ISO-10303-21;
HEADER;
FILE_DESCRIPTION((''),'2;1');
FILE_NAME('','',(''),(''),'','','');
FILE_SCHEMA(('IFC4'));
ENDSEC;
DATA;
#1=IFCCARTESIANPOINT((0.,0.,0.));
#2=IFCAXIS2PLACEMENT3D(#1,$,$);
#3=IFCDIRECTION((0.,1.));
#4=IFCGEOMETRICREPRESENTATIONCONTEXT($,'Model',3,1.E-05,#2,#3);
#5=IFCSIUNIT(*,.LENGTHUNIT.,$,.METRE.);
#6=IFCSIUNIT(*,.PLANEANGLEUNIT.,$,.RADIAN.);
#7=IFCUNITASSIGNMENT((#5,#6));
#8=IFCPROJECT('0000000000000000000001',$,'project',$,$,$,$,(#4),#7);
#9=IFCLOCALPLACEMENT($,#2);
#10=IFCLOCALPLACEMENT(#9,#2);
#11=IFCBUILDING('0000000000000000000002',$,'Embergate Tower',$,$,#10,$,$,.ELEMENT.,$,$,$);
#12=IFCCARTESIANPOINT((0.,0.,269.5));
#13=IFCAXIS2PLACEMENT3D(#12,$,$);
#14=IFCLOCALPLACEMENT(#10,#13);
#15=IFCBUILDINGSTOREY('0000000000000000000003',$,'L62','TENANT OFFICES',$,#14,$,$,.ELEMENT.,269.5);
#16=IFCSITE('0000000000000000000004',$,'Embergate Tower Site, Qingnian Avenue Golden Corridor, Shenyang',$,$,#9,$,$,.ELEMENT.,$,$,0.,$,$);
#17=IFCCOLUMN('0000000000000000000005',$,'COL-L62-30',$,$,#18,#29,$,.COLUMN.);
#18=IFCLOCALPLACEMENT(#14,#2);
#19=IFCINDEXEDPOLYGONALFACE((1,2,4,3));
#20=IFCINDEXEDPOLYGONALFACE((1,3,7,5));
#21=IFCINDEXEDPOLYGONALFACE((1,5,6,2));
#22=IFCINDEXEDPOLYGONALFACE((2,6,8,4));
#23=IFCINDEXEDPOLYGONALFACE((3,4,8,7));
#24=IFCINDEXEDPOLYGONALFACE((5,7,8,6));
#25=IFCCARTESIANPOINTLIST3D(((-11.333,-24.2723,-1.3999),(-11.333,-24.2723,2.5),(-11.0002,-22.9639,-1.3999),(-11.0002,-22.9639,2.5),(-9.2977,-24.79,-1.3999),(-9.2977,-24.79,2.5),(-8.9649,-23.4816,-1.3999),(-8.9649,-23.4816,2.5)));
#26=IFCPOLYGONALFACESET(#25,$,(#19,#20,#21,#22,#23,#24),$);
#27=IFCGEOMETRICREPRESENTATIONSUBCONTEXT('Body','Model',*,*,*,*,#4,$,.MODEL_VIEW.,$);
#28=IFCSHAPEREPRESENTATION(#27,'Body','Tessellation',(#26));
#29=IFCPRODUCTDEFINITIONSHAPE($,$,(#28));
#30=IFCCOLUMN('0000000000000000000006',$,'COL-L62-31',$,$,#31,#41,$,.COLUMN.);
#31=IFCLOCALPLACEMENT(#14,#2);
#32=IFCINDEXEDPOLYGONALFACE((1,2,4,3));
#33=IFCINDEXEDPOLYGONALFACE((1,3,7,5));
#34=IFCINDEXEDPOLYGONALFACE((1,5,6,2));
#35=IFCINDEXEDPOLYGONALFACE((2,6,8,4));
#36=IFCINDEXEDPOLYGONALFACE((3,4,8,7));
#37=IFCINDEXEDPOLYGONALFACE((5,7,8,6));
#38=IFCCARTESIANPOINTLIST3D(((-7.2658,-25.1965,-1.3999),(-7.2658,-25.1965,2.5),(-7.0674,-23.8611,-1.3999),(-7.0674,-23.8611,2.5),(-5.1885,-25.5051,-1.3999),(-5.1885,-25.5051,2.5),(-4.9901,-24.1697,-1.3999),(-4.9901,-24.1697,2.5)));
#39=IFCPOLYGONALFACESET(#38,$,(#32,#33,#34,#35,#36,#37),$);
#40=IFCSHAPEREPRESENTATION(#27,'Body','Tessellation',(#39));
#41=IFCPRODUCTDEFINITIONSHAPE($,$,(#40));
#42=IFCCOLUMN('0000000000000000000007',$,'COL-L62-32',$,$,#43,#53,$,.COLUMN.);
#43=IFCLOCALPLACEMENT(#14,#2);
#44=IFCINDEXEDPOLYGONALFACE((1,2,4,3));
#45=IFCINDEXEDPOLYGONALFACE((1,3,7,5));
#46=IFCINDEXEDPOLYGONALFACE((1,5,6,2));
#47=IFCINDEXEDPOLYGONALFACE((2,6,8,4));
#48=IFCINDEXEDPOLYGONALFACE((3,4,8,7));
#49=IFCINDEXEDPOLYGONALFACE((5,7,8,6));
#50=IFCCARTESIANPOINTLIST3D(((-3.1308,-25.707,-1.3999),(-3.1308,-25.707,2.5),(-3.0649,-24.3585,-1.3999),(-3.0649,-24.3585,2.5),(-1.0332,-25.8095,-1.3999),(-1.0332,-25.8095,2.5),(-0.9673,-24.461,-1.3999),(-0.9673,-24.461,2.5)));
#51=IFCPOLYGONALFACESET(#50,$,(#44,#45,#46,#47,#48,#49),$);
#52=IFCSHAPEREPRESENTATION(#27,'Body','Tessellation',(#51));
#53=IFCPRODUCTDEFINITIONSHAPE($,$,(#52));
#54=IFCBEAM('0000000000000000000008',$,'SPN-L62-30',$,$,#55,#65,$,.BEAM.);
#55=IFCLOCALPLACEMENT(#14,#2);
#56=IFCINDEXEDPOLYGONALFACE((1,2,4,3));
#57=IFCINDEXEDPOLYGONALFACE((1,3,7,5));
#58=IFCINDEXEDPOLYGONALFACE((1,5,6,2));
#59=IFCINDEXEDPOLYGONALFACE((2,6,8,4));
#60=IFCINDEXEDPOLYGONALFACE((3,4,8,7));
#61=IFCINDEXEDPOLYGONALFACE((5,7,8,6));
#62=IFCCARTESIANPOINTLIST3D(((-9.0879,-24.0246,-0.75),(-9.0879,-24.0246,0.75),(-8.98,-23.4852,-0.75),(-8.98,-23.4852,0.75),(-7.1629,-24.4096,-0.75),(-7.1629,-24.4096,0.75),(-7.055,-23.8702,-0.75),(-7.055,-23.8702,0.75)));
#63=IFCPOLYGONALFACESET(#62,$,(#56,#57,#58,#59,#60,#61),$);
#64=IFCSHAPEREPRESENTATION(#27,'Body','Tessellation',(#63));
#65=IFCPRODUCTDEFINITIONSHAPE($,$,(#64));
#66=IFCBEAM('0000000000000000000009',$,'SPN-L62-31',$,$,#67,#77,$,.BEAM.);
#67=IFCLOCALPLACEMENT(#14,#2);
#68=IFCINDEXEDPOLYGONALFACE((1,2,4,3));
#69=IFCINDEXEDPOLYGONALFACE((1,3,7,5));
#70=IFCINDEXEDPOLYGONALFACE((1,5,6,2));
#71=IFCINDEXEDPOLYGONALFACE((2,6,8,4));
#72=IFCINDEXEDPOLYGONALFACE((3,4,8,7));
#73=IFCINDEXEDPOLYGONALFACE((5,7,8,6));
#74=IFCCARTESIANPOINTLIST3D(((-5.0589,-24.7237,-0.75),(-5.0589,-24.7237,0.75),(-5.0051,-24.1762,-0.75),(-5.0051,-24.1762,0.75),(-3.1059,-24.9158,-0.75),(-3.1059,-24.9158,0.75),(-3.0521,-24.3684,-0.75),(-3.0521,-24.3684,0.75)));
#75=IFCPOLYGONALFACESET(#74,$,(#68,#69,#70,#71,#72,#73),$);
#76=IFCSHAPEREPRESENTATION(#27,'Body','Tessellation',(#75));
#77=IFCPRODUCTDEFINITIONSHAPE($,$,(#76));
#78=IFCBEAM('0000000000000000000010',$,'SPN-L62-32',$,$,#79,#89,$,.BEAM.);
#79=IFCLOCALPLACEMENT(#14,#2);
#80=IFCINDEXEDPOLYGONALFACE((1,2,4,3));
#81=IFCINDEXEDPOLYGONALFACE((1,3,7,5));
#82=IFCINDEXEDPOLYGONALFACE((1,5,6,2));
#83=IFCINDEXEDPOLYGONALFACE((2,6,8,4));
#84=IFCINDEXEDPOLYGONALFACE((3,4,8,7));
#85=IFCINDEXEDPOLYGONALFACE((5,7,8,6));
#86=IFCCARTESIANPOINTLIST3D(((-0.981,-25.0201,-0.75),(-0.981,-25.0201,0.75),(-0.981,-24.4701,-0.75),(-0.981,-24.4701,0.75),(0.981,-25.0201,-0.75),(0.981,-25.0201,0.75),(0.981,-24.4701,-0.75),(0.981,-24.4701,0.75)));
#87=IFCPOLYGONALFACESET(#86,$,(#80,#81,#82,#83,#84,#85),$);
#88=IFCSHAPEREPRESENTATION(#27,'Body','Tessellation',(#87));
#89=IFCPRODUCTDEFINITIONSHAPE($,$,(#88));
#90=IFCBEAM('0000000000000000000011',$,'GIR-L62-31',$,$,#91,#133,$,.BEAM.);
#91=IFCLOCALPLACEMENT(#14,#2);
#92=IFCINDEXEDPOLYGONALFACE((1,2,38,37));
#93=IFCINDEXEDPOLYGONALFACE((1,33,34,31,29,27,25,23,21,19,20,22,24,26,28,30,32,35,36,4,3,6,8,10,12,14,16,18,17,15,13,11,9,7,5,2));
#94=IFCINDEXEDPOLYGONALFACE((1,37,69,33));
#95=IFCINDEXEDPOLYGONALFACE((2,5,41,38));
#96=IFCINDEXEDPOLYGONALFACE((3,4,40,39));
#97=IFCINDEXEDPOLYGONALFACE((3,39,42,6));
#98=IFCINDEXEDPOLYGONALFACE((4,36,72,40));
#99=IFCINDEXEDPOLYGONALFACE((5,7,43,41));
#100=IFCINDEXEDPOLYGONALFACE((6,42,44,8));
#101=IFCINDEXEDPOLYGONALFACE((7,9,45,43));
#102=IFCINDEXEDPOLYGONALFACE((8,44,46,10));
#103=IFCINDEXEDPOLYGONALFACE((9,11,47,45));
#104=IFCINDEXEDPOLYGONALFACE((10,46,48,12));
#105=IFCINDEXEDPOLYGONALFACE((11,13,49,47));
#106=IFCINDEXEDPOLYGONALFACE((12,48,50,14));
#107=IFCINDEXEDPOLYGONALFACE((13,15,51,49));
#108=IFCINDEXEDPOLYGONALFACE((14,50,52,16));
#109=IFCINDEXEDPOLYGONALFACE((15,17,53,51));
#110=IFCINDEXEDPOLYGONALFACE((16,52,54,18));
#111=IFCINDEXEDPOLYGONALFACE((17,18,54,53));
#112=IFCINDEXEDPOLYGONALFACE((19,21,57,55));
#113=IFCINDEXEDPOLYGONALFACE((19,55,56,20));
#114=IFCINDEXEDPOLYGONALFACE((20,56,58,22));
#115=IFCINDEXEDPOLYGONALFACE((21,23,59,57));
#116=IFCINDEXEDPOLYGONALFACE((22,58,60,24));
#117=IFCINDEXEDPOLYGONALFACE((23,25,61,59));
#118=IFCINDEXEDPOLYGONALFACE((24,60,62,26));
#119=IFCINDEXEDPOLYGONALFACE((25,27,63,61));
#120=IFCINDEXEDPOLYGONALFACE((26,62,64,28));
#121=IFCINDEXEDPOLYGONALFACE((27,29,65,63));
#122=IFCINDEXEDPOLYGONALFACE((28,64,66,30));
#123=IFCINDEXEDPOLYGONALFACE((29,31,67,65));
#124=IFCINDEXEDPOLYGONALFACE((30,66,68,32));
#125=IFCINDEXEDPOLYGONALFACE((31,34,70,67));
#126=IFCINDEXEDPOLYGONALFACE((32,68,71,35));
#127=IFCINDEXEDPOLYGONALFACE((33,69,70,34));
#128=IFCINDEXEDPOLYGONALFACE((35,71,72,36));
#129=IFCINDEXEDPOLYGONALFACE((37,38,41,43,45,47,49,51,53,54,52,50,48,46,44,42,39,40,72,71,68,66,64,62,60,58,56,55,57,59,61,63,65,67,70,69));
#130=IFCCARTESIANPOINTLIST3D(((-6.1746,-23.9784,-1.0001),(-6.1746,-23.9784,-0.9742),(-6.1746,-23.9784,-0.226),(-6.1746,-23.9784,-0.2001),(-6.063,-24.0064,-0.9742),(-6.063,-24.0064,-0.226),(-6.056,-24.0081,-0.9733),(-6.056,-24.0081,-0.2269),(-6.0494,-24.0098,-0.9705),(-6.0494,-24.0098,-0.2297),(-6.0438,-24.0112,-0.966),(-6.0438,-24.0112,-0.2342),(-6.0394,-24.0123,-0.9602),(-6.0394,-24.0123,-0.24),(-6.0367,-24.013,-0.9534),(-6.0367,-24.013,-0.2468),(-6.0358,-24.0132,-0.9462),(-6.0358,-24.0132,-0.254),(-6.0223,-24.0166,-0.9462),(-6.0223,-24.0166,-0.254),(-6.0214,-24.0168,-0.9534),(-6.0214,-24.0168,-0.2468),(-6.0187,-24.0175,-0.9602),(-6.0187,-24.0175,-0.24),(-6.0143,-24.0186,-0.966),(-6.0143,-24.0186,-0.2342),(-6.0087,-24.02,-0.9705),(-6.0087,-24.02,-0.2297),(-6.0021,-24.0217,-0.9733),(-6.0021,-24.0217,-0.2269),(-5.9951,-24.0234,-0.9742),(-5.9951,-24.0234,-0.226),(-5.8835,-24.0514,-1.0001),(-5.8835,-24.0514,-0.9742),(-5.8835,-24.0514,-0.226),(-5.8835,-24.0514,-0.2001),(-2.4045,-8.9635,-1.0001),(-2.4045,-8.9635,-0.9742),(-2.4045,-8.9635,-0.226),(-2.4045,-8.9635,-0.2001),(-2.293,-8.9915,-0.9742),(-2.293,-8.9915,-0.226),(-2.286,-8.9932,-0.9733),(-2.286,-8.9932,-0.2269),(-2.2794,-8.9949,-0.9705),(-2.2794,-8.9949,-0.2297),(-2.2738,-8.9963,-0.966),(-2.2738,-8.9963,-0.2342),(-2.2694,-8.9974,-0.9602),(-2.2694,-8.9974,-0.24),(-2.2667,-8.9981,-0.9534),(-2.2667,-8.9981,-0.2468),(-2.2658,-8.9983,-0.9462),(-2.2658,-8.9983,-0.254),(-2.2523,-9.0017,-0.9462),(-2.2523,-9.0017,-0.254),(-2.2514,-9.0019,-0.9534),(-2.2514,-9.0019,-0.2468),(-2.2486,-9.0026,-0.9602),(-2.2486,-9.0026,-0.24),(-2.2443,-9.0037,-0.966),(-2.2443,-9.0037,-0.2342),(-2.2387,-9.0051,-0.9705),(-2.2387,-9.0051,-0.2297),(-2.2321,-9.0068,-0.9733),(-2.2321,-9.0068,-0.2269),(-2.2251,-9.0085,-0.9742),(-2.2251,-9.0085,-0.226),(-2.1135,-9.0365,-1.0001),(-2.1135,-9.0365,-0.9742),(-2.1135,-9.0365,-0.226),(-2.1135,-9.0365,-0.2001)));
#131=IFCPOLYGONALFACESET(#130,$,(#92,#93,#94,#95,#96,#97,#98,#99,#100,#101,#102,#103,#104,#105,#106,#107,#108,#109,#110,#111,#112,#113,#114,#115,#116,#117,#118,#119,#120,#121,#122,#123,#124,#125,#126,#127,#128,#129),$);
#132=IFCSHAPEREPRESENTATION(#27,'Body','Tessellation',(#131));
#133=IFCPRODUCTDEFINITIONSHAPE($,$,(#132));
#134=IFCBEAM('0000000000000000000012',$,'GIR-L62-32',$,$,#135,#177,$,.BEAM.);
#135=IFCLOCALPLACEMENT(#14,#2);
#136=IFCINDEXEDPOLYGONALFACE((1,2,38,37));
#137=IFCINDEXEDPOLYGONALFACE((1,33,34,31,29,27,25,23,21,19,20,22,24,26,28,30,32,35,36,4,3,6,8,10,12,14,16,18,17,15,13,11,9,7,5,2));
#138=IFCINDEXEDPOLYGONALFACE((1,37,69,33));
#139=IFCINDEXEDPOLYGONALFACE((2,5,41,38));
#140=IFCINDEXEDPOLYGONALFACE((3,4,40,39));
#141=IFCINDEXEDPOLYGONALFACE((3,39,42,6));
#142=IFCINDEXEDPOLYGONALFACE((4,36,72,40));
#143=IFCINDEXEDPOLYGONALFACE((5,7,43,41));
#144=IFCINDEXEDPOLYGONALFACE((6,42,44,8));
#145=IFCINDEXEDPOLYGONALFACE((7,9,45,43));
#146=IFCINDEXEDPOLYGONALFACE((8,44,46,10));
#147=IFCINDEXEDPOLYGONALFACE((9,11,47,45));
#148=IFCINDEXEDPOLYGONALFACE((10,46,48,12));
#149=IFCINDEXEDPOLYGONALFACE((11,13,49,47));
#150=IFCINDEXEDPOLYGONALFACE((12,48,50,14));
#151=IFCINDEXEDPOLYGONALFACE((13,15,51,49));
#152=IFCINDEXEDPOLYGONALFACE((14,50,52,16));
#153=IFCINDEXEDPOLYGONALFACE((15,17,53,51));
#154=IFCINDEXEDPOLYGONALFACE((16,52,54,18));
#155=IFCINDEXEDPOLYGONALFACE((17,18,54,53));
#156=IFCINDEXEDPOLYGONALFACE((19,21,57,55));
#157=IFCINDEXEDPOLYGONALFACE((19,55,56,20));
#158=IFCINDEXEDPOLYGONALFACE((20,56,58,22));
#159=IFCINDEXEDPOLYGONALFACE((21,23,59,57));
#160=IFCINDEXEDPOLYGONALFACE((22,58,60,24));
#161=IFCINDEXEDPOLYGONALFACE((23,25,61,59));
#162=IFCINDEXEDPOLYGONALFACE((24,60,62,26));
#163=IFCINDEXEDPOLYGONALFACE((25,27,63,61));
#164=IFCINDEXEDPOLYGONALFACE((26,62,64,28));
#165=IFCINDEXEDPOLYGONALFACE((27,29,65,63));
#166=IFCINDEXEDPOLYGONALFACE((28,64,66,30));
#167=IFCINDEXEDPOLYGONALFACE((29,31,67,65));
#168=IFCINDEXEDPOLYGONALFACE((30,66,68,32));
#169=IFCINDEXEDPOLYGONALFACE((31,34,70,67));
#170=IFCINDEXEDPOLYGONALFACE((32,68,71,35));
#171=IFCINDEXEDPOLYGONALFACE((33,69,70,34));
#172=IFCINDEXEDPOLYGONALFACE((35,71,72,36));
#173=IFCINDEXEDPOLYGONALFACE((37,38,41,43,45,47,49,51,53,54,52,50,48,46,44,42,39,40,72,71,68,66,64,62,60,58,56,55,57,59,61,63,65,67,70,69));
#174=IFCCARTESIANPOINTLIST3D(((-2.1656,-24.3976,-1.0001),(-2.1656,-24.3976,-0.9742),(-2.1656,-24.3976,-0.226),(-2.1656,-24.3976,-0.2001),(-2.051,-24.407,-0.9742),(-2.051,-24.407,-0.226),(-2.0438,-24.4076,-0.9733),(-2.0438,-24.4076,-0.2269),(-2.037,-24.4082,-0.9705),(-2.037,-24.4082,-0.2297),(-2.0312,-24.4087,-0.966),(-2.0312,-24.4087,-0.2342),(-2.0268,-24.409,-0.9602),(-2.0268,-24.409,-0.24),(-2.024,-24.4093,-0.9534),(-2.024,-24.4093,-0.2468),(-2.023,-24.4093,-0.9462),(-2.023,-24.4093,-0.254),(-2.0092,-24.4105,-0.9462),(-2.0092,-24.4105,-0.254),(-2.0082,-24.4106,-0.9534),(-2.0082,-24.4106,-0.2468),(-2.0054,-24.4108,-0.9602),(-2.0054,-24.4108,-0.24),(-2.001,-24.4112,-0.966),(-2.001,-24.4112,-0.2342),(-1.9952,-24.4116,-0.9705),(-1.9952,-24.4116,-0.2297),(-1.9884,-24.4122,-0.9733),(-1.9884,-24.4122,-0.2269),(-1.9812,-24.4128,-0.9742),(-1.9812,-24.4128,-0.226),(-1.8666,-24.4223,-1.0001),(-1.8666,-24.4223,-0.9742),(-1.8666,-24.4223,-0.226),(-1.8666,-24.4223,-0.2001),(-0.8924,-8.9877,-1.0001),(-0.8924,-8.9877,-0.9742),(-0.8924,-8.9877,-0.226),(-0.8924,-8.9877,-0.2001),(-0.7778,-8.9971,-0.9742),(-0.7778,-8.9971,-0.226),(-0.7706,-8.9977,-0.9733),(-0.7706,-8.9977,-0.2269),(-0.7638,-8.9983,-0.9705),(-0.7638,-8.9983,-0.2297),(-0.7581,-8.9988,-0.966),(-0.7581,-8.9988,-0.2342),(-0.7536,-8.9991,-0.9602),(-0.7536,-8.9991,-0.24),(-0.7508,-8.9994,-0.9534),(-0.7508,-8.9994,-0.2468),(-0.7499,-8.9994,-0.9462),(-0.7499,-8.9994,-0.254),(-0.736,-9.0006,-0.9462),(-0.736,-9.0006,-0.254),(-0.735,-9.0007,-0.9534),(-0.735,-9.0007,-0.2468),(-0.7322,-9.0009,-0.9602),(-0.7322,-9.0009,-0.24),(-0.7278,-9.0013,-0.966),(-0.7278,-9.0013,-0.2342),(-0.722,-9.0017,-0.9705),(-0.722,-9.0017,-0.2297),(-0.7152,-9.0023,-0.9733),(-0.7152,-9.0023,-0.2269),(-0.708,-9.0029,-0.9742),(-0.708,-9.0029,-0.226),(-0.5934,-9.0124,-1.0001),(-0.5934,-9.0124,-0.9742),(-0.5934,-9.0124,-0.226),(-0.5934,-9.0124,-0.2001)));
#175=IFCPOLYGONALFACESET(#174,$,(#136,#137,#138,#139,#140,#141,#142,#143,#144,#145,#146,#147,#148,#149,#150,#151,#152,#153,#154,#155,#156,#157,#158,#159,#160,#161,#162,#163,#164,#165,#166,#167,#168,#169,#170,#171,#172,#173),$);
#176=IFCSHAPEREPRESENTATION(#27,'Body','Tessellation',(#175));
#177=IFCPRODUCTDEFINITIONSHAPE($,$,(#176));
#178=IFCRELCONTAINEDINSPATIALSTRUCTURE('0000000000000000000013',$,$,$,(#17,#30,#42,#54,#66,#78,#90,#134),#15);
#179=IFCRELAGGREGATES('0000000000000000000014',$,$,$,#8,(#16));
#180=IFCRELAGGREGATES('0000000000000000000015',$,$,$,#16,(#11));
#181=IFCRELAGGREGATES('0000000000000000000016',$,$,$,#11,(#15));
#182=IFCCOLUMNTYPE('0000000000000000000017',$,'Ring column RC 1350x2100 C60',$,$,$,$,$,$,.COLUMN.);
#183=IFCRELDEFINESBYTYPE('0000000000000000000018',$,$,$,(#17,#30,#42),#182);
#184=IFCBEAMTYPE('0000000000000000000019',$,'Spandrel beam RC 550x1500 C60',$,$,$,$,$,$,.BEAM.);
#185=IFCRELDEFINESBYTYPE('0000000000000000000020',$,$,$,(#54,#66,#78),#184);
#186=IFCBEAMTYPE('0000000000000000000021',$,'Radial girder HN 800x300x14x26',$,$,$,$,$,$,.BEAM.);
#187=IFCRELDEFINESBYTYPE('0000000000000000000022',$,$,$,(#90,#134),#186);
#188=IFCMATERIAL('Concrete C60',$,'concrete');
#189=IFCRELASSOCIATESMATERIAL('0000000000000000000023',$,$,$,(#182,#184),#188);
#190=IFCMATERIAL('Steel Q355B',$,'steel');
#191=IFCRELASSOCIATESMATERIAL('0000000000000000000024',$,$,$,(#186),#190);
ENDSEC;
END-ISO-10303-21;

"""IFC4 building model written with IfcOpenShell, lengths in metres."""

from ifc_helpers import new_model, si_unit, direction, frame, origin, origin_2d, place, context, subcontext, project, spatial, rectangle, i_section, extrude, source, transform, mapped, material, material_profile, profile_set, type_object, element, save


model = new_model("IFC4")

# Units and contexts
model_context = context("Model", 3, precision=1e-05, world=origin(), true_north=direction((0.0, 1.0)))
body_context = subcontext(model_context, "Body", "Model", "MODEL_VIEW")
ifc_project = project(units=[si_unit("LENGTHUNIT", "METRE"), si_unit("PLANEANGLEUNIT", "RADIAN")], contexts=[model_context])

# Site, building, storey
site_placement = place(None, origin())
site = spatial("IfcSite", under=ifc_project, at=site_placement, Name="Embergate Tower Site, Qingnian Avenue Golden Corridor, Shenyang", CompositionType="ELEMENT", RefElevation=0.0)
building_placement = place(site_placement, origin())
building = spatial("IfcBuilding", under=site, at=building_placement, Name="Embergate Tower", CompositionType="ELEMENT")
storey_placement = place(building_placement, frame((0.0, 0.0, 269.5)))
storey = spatial("IfcBuildingStorey", under=building, at=storey_placement, Name="L62", Description="TENANT OFFICES", CompositionType="ELEMENT", Elevation=269.5)

# Columns
ifc_material_1 = material(Name="Concrete C60", Category="concrete")
ifc_material_profile_1 = material_profile(ifc_material_1, rectangle(XDim=1.3501, YDim=2.1001, at=origin_2d()), Name="RC 1350x2100")
ifc_profile_set_1 = profile_set([ifc_material_profile_1], Name="Concrete C60")
column_type = type_object("IfcColumnType", Name="Ring column RC 1350x2100 C60", PredefinedType="COLUMN", material=ifc_profile_set_1)
shared_shape_1 = source(origin(), body_context, "Body", "SweptSolid", [
    extrude(rectangle(XDim=1.3501, YDim=2.1001, at=origin_2d()), origin(), (0.0, 0.0, 1.0), 3.8999),
])
for number, where, z_axis, x_axis, name in (
    (1, (-10.1489, -23.877, -1.3999), (0.0, 0.0, 1.0), (-0.246492, -0.969145, 0.0), "COL-L62-30"),
    (2, (-6.1279, -24.6831, -1.3999), (0.0, 0.0, 1.0), (-0.146929, -0.989147, 0.0), "COL-L62-31"),
    (3, (-2.0491, -25.084, -1.3999), (0.0, 0.0, 1.0), (-0.048815, -0.998808, 0.0), "COL-L62-32"),
):
    element("IfcColumn", number, at=place(storey_placement, frame(where, z_axis=z_axis, x_axis=x_axis)), inside=storey, type_object=column_type, Name=name, PredefinedType="COLUMN", context=body_context, shape_type="MappedRepresentation", body=[
        mapped(shared_shape_1, transform((0.0, 0.0, 0.0))),
    ])

# Beams
ifc_material_profile_2 = material_profile(ifc_material_1, rectangle(XDim=0.55, YDim=1.5, at=origin_2d()), Name="RC 550x1500")
ifc_profile_set_2 = profile_set([ifc_material_profile_2], Name="Concrete C60")
beam_type_1 = type_object("IfcBeamType", Name="Spandrel beam RC 550x1500 C60", PredefinedType="BEAM", material=ifc_profile_set_2)
shared_shape_2 = source(origin(), body_context, "Body", "SweptSolid", [
    extrude(rectangle(XDim=0.55, YDim=1.5, at=origin_2d()), origin(), (0.0, 0.0, 1.0), 1.9631),
])
beam_1_placement = place(storey_placement, frame((-9.0339, -23.7549, 0.0), z_axis=(0.980581, -0.196116, 0.0), x_axis=(0.196116, 0.980581, 0.0)))
element("IfcBeam", 4, at=beam_1_placement, inside=storey, type_object=beam_type_1, Name="SPN-L62-30", PredefinedType="BEAM", context=body_context, shape_type="MappedRepresentation", body=[
    mapped(shared_shape_2, transform((0.0, 0.0, 0.0))),
])
shared_shape_3 = source(origin(), body_context, "Body", "SweptSolid", [
    extrude(rectangle(XDim=0.55, YDim=1.5, at=origin_2d()), origin(), (0.0, 0.0, 1.0), 1.9624),
])
beam_2_placement = place(storey_placement, frame((-5.032, -24.45, 0.0), z_axis=(0.995195, -0.097915, 0.0), x_axis=(0.097915, 0.995195, 0.0)))
element("IfcBeam", 5, at=beam_2_placement, inside=storey, type_object=beam_type_1, Name="SPN-L62-31", PredefinedType="BEAM", context=body_context, shape_type="MappedRepresentation", body=[
    mapped(shared_shape_3, transform((0.0, 0.0, 0.0))),
])
shared_shape_4 = source(origin(), body_context, "Body", "SweptSolid", [
    extrude(rectangle(XDim=0.55, YDim=1.5, at=origin_2d()), origin(), (0.0, 0.0, 1.0), 1.9619),
])
beam_3_placement = place(storey_placement, frame((-0.981, -24.7451, 0.0), z_axis=(1.0, 0.0, 0.0), x_axis=(0.0, 1.0, 0.0)))
element("IfcBeam", 6, at=beam_3_placement, inside=storey, type_object=beam_type_1, Name="SPN-L62-32", PredefinedType="BEAM", context=body_context, shape_type="MappedRepresentation", body=[
    mapped(shared_shape_4, transform((0.0, 0.0, 0.0))),
])
ifc_material_2 = material(Name="Steel Q355B", Category="steel")
ifc_material_profile_3 = material_profile(ifc_material_2, i_section(OverallWidth=0.3, OverallDepth=0.8, WebThickness=0.0139, FlangeThickness=0.0259, FilletRadius=0.0281, at=origin_2d()), Name="HN 800x300x14x26")
ifc_profile_set_3 = profile_set([ifc_material_profile_3], Name="Steel Q355 grade B")
beam_type_2 = type_object("IfcBeamType", Name="Radial girder HN 800x300x14x26", PredefinedType="BEAM", material=ifc_profile_set_3)
shared_shape_5 = source(origin(), body_context, "Body", "SweptSolid", [
    extrude(i_section(OverallWidth=0.3, OverallDepth=0.8, WebThickness=0.0139, FlangeThickness=0.0259, FilletRadius=0.0281, at=origin_2d()), origin(), (0.0, 0.0, 1.0), 15.481),
])
beam_4_placement = place(storey_placement, frame((-6.0291, -24.0149, -0.6001), z_axis=(0.243526, 0.969894, 0.0), x_axis=(-0.969894, 0.243526, 0.0)))
element("IfcBeam", 7, at=beam_4_placement, inside=storey, type_object=beam_type_2, Name="GIR-L62-31", PredefinedType="BEAM", context=body_context, shape_type="MappedRepresentation", body=[
    mapped(shared_shape_5, transform((0.0, 0.0, 0.0))),
])
shared_shape_6 = source(origin(), body_context, "Body", "SweptSolid", [
    extrude(i_section(OverallWidth=0.3, OverallDepth=0.8, WebThickness=0.0139, FlangeThickness=0.0259, FilletRadius=0.0281, at=origin_2d()), origin(), (0.0, 0.0, 1.0), 15.4624),
])
beam_5_placement = place(storey_placement, frame((-2.0161, -24.4099, -0.6001), z_axis=(0.082341, 0.996604, 0.0), x_axis=(-0.996604, 0.082341, 0.0)))
element("IfcBeam", 8, at=beam_5_placement, inside=storey, type_object=beam_type_2, Name="GIR-L62-32", PredefinedType="BEAM", context=body_context, shape_type="MappedRepresentation", body=[
    mapped(shared_shape_6, transform((0.0, 0.0, 0.0))),
])

save(model, "model.ifc")
